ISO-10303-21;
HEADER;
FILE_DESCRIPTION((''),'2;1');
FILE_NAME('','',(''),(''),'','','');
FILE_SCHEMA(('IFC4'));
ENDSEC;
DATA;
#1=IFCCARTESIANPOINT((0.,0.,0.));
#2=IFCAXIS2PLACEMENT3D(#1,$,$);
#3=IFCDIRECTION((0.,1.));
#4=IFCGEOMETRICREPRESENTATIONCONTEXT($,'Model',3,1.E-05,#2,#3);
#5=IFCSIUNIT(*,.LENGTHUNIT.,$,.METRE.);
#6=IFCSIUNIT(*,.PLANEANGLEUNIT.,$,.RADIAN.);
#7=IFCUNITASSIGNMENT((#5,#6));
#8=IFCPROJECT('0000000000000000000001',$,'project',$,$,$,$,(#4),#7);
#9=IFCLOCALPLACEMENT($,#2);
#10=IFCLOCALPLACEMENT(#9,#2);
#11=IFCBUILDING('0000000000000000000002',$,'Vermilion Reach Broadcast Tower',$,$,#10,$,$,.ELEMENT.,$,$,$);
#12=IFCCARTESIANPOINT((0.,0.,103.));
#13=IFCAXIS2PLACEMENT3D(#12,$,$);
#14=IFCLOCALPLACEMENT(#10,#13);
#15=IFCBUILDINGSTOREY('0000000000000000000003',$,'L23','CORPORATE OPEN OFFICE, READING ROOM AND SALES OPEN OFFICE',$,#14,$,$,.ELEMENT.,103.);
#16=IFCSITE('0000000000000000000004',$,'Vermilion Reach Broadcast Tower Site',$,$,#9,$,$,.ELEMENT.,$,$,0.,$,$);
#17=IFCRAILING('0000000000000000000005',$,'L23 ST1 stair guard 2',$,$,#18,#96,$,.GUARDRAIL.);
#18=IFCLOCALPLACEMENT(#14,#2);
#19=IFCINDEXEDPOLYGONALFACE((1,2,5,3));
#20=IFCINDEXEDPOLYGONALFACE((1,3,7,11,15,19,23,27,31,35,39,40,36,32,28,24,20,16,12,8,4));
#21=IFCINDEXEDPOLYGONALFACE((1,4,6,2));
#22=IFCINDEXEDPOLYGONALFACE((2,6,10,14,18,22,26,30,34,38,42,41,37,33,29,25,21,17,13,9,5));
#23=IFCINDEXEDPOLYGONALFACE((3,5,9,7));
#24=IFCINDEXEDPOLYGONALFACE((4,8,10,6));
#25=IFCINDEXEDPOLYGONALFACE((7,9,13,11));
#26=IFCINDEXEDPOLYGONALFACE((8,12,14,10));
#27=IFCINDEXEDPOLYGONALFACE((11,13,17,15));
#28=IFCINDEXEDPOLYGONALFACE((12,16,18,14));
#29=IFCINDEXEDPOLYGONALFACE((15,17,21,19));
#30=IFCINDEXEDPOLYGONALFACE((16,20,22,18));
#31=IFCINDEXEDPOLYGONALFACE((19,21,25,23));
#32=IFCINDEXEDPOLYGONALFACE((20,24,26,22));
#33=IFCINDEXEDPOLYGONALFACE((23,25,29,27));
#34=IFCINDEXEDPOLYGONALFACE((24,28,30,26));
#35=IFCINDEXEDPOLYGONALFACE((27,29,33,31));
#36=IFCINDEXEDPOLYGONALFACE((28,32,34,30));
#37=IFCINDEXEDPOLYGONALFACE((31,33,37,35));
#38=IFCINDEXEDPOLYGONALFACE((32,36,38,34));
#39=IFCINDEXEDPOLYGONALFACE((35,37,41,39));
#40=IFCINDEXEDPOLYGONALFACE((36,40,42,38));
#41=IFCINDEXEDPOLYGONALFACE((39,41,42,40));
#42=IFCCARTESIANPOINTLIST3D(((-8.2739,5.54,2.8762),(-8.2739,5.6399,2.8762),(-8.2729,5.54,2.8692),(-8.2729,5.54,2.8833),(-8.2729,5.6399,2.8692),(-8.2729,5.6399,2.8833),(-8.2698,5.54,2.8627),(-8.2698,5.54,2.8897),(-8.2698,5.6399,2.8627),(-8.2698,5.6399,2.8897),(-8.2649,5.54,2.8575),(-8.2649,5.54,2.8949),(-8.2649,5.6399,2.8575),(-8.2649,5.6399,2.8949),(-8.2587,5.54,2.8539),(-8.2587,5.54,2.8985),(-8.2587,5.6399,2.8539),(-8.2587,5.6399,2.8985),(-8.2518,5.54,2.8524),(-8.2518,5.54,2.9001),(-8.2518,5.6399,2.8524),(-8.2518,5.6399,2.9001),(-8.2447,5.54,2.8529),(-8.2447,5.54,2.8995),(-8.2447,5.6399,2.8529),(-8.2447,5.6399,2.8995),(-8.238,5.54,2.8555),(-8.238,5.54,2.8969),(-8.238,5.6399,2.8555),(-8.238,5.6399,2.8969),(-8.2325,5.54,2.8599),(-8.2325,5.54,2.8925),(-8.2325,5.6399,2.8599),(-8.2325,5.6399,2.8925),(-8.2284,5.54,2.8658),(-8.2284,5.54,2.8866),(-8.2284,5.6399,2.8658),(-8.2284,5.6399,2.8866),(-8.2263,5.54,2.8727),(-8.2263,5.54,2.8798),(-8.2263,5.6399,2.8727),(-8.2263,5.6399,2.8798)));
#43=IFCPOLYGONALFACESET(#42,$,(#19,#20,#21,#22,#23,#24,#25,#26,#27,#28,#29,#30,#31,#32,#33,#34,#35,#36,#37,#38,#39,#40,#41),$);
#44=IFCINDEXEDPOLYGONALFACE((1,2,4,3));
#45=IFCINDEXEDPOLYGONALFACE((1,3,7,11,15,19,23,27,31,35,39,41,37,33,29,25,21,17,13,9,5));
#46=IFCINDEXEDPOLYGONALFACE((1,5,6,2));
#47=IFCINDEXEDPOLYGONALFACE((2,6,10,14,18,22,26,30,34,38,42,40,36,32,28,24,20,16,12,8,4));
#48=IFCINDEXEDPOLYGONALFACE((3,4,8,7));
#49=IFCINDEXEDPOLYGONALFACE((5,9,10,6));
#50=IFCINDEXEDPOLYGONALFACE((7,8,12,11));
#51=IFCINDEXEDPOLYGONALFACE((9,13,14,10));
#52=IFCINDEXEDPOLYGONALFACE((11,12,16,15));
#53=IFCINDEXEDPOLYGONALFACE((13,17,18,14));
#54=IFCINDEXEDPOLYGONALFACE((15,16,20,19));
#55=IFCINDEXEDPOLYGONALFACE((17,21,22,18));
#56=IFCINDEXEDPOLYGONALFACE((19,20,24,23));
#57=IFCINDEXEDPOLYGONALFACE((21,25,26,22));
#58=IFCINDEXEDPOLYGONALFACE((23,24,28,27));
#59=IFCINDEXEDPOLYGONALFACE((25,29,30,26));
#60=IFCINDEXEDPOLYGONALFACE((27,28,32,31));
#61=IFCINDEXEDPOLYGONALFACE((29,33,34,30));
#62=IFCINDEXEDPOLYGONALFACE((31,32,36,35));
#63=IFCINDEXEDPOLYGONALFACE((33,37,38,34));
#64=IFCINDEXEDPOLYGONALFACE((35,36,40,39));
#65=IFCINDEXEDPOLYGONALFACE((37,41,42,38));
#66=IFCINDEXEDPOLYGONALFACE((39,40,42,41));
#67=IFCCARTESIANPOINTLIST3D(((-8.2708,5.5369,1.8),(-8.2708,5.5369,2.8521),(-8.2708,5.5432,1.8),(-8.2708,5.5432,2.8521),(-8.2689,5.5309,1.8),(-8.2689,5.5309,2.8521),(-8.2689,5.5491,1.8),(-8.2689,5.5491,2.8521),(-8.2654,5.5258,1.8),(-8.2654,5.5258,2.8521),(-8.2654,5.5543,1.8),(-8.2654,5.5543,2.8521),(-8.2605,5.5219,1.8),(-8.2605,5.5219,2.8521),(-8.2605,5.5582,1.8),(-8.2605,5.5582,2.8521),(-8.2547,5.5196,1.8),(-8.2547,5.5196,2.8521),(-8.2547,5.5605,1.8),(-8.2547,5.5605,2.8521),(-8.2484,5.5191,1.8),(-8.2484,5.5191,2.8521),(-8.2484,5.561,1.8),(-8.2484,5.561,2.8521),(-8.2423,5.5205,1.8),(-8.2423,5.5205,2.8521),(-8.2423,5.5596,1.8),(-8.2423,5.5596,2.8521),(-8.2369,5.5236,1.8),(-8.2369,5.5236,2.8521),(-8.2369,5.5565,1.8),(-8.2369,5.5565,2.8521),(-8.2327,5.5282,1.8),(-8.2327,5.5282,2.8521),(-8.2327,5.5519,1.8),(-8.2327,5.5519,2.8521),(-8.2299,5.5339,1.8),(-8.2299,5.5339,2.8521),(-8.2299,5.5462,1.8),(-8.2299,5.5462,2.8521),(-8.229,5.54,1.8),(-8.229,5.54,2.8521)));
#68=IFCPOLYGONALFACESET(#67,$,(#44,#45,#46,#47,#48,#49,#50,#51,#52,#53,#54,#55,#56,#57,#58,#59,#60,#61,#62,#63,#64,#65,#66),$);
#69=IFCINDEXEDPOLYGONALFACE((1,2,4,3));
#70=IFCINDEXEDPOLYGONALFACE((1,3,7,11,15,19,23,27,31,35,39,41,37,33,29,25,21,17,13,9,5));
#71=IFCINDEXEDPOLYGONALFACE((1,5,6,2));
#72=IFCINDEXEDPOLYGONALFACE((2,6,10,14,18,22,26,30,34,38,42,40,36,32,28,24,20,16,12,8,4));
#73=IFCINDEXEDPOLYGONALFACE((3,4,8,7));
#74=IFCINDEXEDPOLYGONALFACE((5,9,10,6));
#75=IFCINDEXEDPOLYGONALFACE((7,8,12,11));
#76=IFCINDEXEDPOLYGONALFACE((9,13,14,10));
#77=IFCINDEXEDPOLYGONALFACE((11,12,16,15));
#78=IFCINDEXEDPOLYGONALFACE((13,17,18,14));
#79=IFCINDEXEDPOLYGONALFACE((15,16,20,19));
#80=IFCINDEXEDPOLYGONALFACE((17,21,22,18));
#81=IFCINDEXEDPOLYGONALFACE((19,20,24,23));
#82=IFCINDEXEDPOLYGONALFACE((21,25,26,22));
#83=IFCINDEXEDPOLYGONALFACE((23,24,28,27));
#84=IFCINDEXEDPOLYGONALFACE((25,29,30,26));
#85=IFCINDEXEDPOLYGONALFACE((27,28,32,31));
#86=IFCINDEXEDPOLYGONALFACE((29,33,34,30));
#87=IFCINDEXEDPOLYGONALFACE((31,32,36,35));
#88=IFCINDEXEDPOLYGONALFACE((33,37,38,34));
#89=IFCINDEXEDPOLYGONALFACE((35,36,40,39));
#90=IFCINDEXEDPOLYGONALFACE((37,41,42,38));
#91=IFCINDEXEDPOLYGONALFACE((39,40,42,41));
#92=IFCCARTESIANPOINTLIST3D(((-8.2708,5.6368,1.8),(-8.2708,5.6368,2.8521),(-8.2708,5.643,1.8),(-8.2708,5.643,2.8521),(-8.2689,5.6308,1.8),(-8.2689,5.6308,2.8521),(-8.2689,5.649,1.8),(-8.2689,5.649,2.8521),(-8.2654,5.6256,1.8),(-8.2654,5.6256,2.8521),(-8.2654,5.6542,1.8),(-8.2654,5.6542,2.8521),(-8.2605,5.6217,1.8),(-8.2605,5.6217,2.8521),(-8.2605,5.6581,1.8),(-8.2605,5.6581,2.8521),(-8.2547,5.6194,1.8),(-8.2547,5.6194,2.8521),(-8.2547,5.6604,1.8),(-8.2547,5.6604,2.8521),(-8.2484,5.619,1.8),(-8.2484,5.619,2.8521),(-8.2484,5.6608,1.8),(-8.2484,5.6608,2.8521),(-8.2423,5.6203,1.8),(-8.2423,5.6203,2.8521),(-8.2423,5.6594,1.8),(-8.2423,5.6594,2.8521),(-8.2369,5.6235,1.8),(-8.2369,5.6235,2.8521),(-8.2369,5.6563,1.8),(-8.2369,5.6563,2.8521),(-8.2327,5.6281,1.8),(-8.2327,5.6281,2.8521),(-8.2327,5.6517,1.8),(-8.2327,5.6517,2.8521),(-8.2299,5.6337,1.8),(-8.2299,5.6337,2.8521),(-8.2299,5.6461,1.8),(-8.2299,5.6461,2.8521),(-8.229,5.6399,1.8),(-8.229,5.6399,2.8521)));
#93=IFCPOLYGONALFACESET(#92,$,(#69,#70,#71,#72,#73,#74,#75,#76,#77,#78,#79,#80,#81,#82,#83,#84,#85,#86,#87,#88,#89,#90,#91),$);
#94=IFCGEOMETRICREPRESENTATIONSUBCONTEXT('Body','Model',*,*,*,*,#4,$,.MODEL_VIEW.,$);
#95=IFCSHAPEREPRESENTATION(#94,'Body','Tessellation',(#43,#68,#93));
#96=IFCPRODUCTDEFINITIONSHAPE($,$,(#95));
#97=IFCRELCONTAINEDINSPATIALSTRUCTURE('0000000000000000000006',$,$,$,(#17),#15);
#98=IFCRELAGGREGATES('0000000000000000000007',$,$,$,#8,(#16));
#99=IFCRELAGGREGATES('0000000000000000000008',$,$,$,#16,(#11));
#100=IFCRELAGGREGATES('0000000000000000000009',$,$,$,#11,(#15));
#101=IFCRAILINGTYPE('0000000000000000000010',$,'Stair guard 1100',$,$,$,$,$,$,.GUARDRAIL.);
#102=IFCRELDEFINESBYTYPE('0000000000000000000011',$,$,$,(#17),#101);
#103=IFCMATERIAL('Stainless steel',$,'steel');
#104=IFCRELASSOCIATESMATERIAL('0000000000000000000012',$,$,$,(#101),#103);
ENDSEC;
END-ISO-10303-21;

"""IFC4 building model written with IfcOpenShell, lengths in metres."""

from ifc_helpers import new_model, si_unit, direction, frame, origin, origin_2d, place, context, subcontext, project, spatial, circle, extrude, material, type_object, element, save


model = new_model("IFC4")

# Units and contexts
model_context = context("Model", 3, precision=1e-05, world=origin(), true_north=direction((0.0, 1.0)))
body_context = subcontext(model_context, "Body", "Model", "MODEL_VIEW")
ifc_project = project(units=[si_unit("LENGTHUNIT", "METRE"), si_unit("PLANEANGLEUNIT", "RADIAN")], contexts=[model_context])

# Site, building, storey
site_placement = place(None, origin())
site = spatial("IfcSite", under=ifc_project, at=site_placement, Name="Vermilion Reach Broadcast Tower Site", CompositionType="ELEMENT", RefElevation=0.0)
building_placement = place(site_placement, origin())
building = spatial("IfcBuilding", under=site, at=building_placement, Name="Vermilion Reach Broadcast Tower", CompositionType="ELEMENT")
storey_placement = place(building_placement, frame((0.0, 0.0, 103.0)))
storey = spatial("IfcBuildingStorey", under=building, at=storey_placement, Name="L23", Description="CORPORATE OPEN OFFICE, READING ROOM AND SALES OPEN OFFICE", CompositionType="ELEMENT", Elevation=103.0)

# Railing
ifc_material_1 = material(Name="Stainless steel", Category="steel")
railing_type_1 = type_object("IfcRailingType", Name="Stair guard 1100", PredefinedType="GUARDRAIL", material=ifc_material_1)
railing_1_placement = place(storey_placement, frame((-8.25, 5.54, 1.8)))
element("IfcRailing", 1, at=railing_1_placement, inside=storey, type_object=railing_type_1, Name="L23 ST1 stair guard 2", PredefinedType="GUARDRAIL", context=body_context, shape_type="SweptSolid", body=[
    extrude(circle(Radius=0.0239, at=origin_2d()), frame((0.0, 0.0, 1.0762), z_axis=(0.0, 1.0, 0.0), x_axis=(-1.0, 0.0, 0.0)), (0.0, 0.0, 1.0), 0.0999),
    extrude(circle(Radius=0.021, at=origin_2d()), origin(), (0.0, 0.0, 1.0), 1.052),
    extrude(circle(Radius=0.021, at=origin_2d()), frame((0.0, 0.0999, 0.0)), (0.0, 0.0, 1.0), 1.052),
])

save(model, "model.ifc")
